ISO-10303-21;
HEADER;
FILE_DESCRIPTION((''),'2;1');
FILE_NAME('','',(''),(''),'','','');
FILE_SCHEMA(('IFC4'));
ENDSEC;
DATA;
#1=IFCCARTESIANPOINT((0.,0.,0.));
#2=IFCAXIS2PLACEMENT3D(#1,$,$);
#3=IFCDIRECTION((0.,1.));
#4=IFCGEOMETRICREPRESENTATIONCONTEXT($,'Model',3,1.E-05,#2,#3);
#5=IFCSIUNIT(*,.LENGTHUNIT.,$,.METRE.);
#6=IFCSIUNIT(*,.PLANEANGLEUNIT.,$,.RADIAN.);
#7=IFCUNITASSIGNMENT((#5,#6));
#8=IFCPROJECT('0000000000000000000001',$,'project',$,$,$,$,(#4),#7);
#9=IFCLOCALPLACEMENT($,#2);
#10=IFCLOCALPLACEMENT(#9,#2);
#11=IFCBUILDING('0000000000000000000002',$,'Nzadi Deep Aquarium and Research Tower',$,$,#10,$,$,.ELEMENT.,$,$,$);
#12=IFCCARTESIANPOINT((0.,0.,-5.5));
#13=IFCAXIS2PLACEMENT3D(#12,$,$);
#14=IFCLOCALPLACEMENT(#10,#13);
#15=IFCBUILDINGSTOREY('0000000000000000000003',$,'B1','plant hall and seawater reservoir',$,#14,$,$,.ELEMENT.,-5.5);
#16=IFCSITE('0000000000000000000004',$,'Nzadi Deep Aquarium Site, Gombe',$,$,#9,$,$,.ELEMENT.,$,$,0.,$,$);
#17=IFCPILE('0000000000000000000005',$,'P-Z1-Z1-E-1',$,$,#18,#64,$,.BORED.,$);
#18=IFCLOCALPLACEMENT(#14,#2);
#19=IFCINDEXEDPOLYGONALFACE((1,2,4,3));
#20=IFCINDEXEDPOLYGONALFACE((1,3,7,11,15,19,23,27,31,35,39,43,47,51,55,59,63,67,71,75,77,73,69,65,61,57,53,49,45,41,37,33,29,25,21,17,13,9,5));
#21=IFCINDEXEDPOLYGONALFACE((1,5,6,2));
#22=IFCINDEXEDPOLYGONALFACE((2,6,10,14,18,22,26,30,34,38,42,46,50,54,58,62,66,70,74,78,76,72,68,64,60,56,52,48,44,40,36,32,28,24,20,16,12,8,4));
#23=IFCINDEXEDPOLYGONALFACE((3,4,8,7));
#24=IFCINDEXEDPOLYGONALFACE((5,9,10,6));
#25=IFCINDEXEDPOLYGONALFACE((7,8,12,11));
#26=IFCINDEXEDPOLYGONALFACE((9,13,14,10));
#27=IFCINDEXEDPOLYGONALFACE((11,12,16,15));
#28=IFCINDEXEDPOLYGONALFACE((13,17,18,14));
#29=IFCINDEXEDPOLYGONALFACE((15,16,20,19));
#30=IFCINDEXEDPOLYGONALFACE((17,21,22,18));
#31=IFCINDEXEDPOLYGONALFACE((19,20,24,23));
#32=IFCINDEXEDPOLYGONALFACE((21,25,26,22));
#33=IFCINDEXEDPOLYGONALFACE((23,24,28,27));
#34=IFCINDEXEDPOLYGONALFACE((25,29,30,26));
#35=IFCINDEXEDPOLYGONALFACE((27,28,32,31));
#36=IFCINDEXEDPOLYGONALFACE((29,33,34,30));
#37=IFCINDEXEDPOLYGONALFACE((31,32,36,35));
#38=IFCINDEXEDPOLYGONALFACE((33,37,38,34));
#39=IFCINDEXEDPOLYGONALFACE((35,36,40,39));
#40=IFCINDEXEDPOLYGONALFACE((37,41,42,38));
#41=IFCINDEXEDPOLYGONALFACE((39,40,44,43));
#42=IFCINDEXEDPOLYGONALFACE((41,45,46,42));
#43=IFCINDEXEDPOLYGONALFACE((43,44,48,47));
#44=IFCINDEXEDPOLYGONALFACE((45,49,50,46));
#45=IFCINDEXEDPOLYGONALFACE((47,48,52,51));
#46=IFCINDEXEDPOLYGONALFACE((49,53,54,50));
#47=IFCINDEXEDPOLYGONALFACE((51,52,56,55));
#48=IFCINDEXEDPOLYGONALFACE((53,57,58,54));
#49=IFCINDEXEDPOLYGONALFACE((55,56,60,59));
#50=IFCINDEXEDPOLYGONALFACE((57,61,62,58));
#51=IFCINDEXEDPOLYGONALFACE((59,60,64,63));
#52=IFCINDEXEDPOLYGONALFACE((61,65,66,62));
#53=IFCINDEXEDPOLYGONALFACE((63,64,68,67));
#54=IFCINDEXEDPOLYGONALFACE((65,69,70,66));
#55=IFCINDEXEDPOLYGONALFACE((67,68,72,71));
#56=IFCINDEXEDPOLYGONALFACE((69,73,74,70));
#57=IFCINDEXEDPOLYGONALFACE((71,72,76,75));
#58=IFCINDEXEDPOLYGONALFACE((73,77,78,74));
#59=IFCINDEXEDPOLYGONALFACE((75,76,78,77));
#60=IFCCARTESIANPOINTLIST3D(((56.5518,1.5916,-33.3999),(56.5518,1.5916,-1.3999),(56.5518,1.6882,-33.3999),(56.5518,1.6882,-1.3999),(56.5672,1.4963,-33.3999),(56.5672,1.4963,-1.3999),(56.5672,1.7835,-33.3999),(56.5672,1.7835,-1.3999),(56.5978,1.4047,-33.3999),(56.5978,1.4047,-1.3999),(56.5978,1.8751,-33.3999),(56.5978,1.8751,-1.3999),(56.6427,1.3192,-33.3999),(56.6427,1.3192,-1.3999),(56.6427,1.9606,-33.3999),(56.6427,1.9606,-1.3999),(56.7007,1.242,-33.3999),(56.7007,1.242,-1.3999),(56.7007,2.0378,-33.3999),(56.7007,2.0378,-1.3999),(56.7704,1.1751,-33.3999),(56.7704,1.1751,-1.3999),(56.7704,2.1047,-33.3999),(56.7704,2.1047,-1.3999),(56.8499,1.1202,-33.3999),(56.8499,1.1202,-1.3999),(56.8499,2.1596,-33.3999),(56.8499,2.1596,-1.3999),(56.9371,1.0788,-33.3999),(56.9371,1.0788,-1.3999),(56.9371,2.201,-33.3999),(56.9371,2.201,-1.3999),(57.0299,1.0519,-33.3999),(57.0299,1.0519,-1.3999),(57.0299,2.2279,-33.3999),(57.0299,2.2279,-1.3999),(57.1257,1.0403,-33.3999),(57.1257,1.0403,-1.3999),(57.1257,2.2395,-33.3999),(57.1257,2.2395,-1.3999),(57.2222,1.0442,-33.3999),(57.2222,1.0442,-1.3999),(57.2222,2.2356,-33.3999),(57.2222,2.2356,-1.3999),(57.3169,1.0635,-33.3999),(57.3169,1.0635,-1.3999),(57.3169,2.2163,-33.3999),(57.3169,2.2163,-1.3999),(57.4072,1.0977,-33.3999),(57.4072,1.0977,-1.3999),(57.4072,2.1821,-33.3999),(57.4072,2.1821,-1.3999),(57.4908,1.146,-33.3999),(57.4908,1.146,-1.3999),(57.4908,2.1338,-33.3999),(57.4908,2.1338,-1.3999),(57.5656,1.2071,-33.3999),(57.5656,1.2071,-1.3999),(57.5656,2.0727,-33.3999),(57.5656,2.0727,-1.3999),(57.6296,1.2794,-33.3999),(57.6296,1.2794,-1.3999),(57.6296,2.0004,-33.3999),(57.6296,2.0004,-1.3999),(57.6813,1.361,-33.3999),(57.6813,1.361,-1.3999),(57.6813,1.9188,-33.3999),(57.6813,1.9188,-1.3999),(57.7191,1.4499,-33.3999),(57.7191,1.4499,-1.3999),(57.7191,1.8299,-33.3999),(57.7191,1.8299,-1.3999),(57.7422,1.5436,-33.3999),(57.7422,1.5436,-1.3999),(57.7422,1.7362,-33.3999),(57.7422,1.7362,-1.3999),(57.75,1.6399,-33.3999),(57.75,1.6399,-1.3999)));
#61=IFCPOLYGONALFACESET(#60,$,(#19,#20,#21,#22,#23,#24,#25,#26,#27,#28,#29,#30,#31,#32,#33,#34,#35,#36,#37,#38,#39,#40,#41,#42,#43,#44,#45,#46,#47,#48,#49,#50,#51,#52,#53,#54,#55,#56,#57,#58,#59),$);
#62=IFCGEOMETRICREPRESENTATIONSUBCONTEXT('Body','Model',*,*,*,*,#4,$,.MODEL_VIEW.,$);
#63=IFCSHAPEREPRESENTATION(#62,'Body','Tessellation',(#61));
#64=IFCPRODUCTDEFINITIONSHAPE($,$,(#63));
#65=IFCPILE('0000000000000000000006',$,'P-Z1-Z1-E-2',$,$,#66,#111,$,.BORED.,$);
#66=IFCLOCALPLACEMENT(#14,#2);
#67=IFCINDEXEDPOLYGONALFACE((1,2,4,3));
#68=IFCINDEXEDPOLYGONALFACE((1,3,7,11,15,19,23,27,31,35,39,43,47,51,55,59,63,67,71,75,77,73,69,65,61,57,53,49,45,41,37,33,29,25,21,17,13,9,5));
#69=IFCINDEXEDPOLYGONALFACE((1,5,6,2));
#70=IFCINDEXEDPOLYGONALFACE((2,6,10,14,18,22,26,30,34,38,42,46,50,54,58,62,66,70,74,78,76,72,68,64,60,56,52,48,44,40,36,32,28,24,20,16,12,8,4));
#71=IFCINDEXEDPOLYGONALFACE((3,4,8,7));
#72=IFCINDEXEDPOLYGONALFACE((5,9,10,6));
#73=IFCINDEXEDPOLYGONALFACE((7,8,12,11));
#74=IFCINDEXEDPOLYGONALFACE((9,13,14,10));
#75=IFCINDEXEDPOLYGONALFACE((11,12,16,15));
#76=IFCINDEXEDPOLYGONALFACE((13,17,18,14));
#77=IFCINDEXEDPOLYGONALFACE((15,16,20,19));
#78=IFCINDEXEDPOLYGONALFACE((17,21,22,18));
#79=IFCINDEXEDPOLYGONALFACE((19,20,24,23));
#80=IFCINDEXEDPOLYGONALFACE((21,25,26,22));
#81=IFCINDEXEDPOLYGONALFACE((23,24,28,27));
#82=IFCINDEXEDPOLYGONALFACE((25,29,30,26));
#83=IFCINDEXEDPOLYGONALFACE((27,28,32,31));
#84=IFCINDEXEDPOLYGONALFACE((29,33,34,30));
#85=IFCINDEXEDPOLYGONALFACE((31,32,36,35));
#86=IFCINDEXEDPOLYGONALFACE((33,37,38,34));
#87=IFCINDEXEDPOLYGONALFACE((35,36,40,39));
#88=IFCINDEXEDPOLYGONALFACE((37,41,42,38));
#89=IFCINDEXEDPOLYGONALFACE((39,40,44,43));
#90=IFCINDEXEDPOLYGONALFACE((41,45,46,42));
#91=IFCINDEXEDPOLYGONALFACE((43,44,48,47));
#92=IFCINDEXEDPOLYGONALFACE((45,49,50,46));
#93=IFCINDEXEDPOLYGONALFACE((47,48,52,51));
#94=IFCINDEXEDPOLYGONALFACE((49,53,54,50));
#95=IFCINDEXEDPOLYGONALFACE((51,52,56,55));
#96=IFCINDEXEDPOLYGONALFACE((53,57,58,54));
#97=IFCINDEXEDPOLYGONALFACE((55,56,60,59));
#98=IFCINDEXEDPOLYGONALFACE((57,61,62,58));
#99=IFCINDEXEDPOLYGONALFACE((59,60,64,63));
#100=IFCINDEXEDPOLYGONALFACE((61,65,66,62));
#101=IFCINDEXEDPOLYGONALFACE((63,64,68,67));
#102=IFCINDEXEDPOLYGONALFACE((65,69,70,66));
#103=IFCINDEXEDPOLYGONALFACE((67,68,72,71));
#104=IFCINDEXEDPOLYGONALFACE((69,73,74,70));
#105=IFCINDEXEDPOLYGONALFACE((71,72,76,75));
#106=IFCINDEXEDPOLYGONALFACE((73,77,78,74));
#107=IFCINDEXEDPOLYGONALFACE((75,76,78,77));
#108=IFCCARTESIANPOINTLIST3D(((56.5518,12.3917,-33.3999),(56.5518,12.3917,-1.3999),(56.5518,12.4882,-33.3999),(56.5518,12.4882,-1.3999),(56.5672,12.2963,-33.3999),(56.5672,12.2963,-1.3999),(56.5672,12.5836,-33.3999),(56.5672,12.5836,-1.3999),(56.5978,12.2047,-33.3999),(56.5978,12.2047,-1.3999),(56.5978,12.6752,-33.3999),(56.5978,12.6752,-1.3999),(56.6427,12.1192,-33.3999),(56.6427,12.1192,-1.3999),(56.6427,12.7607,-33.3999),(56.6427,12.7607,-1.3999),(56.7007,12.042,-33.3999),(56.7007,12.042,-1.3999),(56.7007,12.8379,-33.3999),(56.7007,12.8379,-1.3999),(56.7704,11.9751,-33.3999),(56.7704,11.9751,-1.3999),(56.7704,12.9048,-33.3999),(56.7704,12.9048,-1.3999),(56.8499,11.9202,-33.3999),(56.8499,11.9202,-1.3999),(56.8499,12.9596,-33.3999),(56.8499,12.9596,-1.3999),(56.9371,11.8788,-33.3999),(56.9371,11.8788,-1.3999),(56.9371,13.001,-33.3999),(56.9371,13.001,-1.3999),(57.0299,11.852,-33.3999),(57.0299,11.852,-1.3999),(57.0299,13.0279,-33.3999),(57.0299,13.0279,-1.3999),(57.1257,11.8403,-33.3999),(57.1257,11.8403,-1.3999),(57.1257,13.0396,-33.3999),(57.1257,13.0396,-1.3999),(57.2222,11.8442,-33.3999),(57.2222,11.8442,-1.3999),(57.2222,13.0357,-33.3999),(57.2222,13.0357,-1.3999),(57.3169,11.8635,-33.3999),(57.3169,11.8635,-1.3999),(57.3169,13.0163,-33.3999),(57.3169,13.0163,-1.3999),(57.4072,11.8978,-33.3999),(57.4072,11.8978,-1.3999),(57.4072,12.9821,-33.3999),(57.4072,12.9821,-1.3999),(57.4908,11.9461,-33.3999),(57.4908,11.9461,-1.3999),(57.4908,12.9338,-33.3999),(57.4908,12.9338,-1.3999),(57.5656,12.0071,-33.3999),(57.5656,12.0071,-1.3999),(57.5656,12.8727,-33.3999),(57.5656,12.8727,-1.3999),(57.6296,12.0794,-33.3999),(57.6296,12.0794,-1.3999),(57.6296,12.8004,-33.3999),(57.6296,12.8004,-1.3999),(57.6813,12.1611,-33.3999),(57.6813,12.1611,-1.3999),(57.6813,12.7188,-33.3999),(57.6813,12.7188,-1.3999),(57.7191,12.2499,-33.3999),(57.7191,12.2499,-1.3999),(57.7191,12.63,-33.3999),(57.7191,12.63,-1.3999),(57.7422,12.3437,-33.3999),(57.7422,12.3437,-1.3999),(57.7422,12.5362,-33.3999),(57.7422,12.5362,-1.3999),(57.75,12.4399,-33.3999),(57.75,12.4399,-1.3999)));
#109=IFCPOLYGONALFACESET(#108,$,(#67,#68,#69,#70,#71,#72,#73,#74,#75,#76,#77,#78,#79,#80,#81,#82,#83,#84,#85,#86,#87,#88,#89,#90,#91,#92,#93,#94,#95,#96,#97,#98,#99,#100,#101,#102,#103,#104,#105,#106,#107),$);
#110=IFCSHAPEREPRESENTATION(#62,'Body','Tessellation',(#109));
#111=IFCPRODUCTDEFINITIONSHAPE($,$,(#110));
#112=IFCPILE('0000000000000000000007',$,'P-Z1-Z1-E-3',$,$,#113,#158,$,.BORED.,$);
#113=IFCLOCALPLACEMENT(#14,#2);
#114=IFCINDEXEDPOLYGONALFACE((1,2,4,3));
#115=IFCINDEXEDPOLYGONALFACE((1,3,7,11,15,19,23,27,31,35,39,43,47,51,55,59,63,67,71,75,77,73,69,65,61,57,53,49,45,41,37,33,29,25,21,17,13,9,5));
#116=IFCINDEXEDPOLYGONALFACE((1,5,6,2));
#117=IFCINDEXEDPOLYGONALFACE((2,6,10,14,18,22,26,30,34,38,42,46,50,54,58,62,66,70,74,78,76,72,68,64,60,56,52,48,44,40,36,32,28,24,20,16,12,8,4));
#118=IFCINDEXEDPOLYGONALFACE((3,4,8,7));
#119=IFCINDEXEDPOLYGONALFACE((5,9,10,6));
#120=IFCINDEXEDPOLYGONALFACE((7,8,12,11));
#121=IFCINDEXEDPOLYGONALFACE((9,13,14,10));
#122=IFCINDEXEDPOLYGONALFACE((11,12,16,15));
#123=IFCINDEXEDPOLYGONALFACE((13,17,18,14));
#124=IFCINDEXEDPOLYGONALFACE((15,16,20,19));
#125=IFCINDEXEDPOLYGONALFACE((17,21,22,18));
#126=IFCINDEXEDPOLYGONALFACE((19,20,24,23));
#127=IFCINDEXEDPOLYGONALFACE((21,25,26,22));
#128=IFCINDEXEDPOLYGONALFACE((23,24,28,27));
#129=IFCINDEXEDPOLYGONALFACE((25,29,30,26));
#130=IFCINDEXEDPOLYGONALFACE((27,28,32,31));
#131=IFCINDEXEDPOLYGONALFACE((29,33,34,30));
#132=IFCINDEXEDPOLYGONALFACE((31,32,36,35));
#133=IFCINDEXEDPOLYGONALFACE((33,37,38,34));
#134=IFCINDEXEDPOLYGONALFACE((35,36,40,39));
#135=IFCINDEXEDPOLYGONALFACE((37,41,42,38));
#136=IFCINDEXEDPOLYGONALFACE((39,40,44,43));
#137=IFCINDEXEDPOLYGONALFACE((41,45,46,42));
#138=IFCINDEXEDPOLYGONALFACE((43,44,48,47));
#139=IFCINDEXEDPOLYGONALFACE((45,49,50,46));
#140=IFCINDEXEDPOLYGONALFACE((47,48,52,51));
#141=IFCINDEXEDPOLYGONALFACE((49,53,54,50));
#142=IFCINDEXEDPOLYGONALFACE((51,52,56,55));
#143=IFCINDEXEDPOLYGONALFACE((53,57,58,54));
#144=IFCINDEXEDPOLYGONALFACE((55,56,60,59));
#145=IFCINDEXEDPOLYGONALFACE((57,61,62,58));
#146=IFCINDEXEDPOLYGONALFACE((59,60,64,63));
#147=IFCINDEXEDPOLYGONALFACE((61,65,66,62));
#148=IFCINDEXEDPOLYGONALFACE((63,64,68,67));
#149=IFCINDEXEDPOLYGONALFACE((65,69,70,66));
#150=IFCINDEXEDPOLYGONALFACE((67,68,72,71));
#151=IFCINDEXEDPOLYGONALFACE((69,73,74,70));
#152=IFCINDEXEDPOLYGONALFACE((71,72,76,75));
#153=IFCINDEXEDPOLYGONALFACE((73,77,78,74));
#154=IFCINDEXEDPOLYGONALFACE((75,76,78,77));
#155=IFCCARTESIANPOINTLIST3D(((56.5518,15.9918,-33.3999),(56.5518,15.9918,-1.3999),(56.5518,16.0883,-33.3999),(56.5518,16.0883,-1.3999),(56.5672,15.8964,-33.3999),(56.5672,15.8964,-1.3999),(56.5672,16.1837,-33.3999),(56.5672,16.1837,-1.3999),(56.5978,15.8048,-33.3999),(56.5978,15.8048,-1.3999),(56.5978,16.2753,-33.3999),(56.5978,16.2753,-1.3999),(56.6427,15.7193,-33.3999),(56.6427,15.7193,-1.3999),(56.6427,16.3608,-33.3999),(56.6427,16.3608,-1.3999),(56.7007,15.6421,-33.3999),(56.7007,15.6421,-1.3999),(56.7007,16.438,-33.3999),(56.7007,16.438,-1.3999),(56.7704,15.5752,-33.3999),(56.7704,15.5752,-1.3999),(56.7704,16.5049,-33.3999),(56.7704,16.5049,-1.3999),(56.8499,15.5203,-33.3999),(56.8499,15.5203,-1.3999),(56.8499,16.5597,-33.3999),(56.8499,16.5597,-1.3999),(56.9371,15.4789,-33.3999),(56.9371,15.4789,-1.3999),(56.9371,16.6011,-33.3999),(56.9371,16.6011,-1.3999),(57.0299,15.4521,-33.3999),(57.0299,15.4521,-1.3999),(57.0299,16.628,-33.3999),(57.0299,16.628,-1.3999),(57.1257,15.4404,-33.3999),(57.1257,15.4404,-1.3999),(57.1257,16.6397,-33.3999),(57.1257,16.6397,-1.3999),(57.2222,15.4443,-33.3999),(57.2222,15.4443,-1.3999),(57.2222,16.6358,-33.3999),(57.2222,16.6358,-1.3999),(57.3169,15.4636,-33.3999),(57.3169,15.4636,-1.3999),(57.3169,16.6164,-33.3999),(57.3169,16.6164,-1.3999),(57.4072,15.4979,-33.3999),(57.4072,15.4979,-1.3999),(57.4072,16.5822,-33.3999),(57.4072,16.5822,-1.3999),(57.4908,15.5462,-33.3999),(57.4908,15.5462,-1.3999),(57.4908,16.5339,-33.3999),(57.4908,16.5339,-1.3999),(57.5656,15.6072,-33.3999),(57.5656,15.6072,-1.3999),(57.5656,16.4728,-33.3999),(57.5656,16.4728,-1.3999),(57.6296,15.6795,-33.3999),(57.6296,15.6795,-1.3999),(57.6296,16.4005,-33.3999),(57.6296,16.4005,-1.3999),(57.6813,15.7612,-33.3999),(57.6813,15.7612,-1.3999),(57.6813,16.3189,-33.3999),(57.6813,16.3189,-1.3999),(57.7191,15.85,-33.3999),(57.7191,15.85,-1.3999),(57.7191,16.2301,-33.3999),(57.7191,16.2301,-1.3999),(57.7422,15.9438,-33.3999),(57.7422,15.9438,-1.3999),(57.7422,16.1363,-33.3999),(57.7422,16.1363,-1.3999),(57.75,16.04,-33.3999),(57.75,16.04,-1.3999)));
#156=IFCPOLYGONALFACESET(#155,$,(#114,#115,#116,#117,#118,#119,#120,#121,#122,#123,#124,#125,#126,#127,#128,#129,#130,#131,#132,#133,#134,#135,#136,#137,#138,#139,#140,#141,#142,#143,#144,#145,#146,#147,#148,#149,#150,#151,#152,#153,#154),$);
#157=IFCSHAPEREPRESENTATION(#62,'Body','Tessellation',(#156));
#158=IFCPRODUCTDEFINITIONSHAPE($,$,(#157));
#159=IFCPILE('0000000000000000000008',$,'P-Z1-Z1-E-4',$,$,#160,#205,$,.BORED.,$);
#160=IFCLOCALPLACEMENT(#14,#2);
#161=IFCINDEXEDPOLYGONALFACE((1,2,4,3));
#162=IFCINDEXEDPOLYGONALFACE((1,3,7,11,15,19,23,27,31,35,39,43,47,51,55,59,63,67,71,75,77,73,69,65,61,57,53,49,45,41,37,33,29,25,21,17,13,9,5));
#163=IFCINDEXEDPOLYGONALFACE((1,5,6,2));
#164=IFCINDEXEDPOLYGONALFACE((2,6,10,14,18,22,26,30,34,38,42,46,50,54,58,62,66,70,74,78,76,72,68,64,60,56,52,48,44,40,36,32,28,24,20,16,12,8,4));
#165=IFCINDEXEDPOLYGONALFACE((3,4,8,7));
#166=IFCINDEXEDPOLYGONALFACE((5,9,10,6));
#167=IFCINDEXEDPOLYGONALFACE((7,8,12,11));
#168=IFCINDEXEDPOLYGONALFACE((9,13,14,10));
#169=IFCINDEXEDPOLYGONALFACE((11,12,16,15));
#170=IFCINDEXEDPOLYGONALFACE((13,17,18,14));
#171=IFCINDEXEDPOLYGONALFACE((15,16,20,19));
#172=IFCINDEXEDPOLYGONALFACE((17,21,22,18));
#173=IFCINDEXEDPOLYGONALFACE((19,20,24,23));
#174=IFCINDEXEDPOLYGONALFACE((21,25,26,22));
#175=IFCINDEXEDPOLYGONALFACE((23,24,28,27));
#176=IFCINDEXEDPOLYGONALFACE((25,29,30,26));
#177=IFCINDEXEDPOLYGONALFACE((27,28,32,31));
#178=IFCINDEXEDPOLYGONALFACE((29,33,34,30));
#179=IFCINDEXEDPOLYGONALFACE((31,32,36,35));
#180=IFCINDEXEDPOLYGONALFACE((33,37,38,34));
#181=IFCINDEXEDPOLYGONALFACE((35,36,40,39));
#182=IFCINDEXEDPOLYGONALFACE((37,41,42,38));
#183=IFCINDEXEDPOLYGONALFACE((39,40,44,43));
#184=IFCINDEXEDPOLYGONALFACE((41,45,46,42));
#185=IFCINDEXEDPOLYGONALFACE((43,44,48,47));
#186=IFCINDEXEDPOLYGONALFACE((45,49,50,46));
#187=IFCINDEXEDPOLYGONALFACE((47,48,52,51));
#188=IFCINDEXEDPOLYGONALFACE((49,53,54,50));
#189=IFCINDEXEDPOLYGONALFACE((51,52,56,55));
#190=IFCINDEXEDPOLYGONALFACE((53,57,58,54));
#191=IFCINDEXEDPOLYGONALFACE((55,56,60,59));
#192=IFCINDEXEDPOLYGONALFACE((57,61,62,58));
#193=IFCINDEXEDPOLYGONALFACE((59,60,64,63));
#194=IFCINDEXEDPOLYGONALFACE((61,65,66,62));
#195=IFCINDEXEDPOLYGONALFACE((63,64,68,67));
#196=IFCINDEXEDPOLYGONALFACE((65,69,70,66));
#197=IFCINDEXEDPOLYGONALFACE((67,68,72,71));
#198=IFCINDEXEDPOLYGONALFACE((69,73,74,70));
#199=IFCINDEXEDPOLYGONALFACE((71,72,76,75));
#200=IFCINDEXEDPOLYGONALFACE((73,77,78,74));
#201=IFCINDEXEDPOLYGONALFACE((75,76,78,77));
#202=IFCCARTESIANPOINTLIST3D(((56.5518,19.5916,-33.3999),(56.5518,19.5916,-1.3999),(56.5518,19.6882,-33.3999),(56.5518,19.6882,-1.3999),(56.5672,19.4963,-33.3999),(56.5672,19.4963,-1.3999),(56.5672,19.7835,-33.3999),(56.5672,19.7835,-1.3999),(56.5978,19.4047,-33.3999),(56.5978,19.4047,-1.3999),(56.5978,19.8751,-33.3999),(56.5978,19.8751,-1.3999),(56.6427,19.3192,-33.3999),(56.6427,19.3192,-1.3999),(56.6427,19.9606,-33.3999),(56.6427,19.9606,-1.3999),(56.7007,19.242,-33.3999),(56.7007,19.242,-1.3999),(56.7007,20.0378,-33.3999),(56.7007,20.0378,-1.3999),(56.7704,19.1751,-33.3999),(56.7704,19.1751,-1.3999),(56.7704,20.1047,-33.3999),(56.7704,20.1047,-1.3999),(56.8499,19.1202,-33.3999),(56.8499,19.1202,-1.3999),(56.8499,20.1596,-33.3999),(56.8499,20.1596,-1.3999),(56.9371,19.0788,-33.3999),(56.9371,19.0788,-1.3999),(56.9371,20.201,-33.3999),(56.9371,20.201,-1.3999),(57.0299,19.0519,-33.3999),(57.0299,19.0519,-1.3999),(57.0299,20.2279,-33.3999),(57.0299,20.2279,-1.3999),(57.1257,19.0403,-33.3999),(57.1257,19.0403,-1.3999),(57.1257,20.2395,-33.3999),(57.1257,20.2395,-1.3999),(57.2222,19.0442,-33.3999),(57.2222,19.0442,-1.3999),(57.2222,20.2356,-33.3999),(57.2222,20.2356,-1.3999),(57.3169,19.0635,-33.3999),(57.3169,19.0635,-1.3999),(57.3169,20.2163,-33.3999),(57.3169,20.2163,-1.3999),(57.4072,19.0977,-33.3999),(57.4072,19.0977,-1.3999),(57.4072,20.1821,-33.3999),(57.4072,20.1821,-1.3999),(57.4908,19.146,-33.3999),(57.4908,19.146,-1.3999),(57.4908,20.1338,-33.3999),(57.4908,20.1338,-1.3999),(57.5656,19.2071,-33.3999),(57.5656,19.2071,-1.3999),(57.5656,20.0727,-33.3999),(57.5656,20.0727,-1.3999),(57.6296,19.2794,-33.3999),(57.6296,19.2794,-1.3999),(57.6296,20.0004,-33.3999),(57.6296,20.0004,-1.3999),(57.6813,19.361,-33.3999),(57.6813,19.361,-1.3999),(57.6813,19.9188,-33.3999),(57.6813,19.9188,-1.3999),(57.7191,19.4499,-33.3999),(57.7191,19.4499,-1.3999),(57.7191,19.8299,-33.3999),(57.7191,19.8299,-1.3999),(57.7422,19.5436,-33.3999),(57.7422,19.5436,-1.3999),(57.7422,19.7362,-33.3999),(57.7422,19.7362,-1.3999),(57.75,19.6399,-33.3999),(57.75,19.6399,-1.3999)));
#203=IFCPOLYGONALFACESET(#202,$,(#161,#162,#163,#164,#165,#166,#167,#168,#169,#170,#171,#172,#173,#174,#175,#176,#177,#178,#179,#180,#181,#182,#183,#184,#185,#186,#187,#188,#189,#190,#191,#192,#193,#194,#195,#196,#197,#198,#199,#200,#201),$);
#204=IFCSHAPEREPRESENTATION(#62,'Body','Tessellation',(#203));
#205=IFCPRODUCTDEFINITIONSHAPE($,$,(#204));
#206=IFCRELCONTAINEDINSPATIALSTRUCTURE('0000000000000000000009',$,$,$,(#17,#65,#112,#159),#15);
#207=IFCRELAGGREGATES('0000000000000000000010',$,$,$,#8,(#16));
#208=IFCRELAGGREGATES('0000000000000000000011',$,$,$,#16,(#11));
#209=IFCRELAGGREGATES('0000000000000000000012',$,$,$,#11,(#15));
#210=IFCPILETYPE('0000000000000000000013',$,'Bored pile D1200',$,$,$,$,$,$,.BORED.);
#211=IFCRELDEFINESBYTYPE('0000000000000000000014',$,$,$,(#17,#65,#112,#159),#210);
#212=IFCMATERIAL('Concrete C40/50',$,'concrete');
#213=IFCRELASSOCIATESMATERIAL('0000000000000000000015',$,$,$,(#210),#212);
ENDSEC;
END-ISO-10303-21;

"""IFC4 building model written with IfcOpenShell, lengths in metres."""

from ifc_helpers import new_model, si_unit, direction, frame, origin, origin_2d, place, context, subcontext, project, spatial, circle, extrude, material, material_profile, profile_set, type_object, element, save


model = new_model("IFC4")

# Units and contexts
model_context = context("Model", 3, precision=1e-05, world=origin(), true_north=direction((0.0, 1.0)))
body_context = subcontext(model_context, "Body", "Model", "MODEL_VIEW")
ifc_project = project(units=[si_unit("LENGTHUNIT", "METRE"), si_unit("PLANEANGLEUNIT", "RADIAN")], contexts=[model_context])

# Site, building, storey
site_placement = place(None, origin())
site = spatial("IfcSite", under=ifc_project, at=site_placement, Name="Nzadi Deep Aquarium Site, Gombe", CompositionType="ELEMENT", RefElevation=0.0)
building_placement = place(site_placement, origin())
building = spatial("IfcBuilding", under=site, at=building_placement, Name="Nzadi Deep Aquarium and Research Tower", CompositionType="ELEMENT")
storey_placement = place(building_placement, frame((0.0, 0.0, -5.5)))
storey = spatial("IfcBuildingStorey", under=building, at=storey_placement, Name="B1", Description="plant hall and seawater reservoir", CompositionType="ELEMENT", Elevation=-5.5)

# Piles
ifc_material_1 = material(Name="Concrete C40/50", Category="concrete")
ifc_material_profile_1 = material_profile(ifc_material_1, circle(Radius=0.6001, at=origin_2d()))
ifc_profile_set_1 = profile_set([ifc_material_profile_1], Name="Concrete C40/50")
pile_type_1 = type_object("IfcPileType", Name="Bored pile D1200", PredefinedType="BORED", material=ifc_profile_set_1)
for number, where, z_axis, x_axis, name in (
    (1, (57.1499, 1.6399, -1.3999), (0.0, 0.0, -1.0), (1.0, 0.0, 0.0), "P-Z1-Z1-E-1"),
    (2, (57.1499, 12.4399, -1.3999), (0.0, 0.0, -1.0), (1.0, 0.0, 0.0), "P-Z1-Z1-E-2"),
    (3, (57.1499, 16.04, -1.3999), (0.0, 0.0, -1.0), (1.0, 0.0, 0.0), "P-Z1-Z1-E-3"),
    (4, (57.1499, 19.6399, -1.3999), (0.0, 0.0, -1.0), (1.0, 0.0, 0.0), "P-Z1-Z1-E-4"),
):
    element("IfcPile", number, at=place(storey_placement, frame(where, z_axis=z_axis, x_axis=x_axis)), inside=storey, type_object=pile_type_1, Name=name, PredefinedType="BORED", context=body_context, shape_type="SweptSolid", body=[
        extrude(circle(Radius=0.6001, at=origin_2d()), origin(), (0.0, 0.0, 1.0), 32.0),
    ])

save(model, "model.ifc")
